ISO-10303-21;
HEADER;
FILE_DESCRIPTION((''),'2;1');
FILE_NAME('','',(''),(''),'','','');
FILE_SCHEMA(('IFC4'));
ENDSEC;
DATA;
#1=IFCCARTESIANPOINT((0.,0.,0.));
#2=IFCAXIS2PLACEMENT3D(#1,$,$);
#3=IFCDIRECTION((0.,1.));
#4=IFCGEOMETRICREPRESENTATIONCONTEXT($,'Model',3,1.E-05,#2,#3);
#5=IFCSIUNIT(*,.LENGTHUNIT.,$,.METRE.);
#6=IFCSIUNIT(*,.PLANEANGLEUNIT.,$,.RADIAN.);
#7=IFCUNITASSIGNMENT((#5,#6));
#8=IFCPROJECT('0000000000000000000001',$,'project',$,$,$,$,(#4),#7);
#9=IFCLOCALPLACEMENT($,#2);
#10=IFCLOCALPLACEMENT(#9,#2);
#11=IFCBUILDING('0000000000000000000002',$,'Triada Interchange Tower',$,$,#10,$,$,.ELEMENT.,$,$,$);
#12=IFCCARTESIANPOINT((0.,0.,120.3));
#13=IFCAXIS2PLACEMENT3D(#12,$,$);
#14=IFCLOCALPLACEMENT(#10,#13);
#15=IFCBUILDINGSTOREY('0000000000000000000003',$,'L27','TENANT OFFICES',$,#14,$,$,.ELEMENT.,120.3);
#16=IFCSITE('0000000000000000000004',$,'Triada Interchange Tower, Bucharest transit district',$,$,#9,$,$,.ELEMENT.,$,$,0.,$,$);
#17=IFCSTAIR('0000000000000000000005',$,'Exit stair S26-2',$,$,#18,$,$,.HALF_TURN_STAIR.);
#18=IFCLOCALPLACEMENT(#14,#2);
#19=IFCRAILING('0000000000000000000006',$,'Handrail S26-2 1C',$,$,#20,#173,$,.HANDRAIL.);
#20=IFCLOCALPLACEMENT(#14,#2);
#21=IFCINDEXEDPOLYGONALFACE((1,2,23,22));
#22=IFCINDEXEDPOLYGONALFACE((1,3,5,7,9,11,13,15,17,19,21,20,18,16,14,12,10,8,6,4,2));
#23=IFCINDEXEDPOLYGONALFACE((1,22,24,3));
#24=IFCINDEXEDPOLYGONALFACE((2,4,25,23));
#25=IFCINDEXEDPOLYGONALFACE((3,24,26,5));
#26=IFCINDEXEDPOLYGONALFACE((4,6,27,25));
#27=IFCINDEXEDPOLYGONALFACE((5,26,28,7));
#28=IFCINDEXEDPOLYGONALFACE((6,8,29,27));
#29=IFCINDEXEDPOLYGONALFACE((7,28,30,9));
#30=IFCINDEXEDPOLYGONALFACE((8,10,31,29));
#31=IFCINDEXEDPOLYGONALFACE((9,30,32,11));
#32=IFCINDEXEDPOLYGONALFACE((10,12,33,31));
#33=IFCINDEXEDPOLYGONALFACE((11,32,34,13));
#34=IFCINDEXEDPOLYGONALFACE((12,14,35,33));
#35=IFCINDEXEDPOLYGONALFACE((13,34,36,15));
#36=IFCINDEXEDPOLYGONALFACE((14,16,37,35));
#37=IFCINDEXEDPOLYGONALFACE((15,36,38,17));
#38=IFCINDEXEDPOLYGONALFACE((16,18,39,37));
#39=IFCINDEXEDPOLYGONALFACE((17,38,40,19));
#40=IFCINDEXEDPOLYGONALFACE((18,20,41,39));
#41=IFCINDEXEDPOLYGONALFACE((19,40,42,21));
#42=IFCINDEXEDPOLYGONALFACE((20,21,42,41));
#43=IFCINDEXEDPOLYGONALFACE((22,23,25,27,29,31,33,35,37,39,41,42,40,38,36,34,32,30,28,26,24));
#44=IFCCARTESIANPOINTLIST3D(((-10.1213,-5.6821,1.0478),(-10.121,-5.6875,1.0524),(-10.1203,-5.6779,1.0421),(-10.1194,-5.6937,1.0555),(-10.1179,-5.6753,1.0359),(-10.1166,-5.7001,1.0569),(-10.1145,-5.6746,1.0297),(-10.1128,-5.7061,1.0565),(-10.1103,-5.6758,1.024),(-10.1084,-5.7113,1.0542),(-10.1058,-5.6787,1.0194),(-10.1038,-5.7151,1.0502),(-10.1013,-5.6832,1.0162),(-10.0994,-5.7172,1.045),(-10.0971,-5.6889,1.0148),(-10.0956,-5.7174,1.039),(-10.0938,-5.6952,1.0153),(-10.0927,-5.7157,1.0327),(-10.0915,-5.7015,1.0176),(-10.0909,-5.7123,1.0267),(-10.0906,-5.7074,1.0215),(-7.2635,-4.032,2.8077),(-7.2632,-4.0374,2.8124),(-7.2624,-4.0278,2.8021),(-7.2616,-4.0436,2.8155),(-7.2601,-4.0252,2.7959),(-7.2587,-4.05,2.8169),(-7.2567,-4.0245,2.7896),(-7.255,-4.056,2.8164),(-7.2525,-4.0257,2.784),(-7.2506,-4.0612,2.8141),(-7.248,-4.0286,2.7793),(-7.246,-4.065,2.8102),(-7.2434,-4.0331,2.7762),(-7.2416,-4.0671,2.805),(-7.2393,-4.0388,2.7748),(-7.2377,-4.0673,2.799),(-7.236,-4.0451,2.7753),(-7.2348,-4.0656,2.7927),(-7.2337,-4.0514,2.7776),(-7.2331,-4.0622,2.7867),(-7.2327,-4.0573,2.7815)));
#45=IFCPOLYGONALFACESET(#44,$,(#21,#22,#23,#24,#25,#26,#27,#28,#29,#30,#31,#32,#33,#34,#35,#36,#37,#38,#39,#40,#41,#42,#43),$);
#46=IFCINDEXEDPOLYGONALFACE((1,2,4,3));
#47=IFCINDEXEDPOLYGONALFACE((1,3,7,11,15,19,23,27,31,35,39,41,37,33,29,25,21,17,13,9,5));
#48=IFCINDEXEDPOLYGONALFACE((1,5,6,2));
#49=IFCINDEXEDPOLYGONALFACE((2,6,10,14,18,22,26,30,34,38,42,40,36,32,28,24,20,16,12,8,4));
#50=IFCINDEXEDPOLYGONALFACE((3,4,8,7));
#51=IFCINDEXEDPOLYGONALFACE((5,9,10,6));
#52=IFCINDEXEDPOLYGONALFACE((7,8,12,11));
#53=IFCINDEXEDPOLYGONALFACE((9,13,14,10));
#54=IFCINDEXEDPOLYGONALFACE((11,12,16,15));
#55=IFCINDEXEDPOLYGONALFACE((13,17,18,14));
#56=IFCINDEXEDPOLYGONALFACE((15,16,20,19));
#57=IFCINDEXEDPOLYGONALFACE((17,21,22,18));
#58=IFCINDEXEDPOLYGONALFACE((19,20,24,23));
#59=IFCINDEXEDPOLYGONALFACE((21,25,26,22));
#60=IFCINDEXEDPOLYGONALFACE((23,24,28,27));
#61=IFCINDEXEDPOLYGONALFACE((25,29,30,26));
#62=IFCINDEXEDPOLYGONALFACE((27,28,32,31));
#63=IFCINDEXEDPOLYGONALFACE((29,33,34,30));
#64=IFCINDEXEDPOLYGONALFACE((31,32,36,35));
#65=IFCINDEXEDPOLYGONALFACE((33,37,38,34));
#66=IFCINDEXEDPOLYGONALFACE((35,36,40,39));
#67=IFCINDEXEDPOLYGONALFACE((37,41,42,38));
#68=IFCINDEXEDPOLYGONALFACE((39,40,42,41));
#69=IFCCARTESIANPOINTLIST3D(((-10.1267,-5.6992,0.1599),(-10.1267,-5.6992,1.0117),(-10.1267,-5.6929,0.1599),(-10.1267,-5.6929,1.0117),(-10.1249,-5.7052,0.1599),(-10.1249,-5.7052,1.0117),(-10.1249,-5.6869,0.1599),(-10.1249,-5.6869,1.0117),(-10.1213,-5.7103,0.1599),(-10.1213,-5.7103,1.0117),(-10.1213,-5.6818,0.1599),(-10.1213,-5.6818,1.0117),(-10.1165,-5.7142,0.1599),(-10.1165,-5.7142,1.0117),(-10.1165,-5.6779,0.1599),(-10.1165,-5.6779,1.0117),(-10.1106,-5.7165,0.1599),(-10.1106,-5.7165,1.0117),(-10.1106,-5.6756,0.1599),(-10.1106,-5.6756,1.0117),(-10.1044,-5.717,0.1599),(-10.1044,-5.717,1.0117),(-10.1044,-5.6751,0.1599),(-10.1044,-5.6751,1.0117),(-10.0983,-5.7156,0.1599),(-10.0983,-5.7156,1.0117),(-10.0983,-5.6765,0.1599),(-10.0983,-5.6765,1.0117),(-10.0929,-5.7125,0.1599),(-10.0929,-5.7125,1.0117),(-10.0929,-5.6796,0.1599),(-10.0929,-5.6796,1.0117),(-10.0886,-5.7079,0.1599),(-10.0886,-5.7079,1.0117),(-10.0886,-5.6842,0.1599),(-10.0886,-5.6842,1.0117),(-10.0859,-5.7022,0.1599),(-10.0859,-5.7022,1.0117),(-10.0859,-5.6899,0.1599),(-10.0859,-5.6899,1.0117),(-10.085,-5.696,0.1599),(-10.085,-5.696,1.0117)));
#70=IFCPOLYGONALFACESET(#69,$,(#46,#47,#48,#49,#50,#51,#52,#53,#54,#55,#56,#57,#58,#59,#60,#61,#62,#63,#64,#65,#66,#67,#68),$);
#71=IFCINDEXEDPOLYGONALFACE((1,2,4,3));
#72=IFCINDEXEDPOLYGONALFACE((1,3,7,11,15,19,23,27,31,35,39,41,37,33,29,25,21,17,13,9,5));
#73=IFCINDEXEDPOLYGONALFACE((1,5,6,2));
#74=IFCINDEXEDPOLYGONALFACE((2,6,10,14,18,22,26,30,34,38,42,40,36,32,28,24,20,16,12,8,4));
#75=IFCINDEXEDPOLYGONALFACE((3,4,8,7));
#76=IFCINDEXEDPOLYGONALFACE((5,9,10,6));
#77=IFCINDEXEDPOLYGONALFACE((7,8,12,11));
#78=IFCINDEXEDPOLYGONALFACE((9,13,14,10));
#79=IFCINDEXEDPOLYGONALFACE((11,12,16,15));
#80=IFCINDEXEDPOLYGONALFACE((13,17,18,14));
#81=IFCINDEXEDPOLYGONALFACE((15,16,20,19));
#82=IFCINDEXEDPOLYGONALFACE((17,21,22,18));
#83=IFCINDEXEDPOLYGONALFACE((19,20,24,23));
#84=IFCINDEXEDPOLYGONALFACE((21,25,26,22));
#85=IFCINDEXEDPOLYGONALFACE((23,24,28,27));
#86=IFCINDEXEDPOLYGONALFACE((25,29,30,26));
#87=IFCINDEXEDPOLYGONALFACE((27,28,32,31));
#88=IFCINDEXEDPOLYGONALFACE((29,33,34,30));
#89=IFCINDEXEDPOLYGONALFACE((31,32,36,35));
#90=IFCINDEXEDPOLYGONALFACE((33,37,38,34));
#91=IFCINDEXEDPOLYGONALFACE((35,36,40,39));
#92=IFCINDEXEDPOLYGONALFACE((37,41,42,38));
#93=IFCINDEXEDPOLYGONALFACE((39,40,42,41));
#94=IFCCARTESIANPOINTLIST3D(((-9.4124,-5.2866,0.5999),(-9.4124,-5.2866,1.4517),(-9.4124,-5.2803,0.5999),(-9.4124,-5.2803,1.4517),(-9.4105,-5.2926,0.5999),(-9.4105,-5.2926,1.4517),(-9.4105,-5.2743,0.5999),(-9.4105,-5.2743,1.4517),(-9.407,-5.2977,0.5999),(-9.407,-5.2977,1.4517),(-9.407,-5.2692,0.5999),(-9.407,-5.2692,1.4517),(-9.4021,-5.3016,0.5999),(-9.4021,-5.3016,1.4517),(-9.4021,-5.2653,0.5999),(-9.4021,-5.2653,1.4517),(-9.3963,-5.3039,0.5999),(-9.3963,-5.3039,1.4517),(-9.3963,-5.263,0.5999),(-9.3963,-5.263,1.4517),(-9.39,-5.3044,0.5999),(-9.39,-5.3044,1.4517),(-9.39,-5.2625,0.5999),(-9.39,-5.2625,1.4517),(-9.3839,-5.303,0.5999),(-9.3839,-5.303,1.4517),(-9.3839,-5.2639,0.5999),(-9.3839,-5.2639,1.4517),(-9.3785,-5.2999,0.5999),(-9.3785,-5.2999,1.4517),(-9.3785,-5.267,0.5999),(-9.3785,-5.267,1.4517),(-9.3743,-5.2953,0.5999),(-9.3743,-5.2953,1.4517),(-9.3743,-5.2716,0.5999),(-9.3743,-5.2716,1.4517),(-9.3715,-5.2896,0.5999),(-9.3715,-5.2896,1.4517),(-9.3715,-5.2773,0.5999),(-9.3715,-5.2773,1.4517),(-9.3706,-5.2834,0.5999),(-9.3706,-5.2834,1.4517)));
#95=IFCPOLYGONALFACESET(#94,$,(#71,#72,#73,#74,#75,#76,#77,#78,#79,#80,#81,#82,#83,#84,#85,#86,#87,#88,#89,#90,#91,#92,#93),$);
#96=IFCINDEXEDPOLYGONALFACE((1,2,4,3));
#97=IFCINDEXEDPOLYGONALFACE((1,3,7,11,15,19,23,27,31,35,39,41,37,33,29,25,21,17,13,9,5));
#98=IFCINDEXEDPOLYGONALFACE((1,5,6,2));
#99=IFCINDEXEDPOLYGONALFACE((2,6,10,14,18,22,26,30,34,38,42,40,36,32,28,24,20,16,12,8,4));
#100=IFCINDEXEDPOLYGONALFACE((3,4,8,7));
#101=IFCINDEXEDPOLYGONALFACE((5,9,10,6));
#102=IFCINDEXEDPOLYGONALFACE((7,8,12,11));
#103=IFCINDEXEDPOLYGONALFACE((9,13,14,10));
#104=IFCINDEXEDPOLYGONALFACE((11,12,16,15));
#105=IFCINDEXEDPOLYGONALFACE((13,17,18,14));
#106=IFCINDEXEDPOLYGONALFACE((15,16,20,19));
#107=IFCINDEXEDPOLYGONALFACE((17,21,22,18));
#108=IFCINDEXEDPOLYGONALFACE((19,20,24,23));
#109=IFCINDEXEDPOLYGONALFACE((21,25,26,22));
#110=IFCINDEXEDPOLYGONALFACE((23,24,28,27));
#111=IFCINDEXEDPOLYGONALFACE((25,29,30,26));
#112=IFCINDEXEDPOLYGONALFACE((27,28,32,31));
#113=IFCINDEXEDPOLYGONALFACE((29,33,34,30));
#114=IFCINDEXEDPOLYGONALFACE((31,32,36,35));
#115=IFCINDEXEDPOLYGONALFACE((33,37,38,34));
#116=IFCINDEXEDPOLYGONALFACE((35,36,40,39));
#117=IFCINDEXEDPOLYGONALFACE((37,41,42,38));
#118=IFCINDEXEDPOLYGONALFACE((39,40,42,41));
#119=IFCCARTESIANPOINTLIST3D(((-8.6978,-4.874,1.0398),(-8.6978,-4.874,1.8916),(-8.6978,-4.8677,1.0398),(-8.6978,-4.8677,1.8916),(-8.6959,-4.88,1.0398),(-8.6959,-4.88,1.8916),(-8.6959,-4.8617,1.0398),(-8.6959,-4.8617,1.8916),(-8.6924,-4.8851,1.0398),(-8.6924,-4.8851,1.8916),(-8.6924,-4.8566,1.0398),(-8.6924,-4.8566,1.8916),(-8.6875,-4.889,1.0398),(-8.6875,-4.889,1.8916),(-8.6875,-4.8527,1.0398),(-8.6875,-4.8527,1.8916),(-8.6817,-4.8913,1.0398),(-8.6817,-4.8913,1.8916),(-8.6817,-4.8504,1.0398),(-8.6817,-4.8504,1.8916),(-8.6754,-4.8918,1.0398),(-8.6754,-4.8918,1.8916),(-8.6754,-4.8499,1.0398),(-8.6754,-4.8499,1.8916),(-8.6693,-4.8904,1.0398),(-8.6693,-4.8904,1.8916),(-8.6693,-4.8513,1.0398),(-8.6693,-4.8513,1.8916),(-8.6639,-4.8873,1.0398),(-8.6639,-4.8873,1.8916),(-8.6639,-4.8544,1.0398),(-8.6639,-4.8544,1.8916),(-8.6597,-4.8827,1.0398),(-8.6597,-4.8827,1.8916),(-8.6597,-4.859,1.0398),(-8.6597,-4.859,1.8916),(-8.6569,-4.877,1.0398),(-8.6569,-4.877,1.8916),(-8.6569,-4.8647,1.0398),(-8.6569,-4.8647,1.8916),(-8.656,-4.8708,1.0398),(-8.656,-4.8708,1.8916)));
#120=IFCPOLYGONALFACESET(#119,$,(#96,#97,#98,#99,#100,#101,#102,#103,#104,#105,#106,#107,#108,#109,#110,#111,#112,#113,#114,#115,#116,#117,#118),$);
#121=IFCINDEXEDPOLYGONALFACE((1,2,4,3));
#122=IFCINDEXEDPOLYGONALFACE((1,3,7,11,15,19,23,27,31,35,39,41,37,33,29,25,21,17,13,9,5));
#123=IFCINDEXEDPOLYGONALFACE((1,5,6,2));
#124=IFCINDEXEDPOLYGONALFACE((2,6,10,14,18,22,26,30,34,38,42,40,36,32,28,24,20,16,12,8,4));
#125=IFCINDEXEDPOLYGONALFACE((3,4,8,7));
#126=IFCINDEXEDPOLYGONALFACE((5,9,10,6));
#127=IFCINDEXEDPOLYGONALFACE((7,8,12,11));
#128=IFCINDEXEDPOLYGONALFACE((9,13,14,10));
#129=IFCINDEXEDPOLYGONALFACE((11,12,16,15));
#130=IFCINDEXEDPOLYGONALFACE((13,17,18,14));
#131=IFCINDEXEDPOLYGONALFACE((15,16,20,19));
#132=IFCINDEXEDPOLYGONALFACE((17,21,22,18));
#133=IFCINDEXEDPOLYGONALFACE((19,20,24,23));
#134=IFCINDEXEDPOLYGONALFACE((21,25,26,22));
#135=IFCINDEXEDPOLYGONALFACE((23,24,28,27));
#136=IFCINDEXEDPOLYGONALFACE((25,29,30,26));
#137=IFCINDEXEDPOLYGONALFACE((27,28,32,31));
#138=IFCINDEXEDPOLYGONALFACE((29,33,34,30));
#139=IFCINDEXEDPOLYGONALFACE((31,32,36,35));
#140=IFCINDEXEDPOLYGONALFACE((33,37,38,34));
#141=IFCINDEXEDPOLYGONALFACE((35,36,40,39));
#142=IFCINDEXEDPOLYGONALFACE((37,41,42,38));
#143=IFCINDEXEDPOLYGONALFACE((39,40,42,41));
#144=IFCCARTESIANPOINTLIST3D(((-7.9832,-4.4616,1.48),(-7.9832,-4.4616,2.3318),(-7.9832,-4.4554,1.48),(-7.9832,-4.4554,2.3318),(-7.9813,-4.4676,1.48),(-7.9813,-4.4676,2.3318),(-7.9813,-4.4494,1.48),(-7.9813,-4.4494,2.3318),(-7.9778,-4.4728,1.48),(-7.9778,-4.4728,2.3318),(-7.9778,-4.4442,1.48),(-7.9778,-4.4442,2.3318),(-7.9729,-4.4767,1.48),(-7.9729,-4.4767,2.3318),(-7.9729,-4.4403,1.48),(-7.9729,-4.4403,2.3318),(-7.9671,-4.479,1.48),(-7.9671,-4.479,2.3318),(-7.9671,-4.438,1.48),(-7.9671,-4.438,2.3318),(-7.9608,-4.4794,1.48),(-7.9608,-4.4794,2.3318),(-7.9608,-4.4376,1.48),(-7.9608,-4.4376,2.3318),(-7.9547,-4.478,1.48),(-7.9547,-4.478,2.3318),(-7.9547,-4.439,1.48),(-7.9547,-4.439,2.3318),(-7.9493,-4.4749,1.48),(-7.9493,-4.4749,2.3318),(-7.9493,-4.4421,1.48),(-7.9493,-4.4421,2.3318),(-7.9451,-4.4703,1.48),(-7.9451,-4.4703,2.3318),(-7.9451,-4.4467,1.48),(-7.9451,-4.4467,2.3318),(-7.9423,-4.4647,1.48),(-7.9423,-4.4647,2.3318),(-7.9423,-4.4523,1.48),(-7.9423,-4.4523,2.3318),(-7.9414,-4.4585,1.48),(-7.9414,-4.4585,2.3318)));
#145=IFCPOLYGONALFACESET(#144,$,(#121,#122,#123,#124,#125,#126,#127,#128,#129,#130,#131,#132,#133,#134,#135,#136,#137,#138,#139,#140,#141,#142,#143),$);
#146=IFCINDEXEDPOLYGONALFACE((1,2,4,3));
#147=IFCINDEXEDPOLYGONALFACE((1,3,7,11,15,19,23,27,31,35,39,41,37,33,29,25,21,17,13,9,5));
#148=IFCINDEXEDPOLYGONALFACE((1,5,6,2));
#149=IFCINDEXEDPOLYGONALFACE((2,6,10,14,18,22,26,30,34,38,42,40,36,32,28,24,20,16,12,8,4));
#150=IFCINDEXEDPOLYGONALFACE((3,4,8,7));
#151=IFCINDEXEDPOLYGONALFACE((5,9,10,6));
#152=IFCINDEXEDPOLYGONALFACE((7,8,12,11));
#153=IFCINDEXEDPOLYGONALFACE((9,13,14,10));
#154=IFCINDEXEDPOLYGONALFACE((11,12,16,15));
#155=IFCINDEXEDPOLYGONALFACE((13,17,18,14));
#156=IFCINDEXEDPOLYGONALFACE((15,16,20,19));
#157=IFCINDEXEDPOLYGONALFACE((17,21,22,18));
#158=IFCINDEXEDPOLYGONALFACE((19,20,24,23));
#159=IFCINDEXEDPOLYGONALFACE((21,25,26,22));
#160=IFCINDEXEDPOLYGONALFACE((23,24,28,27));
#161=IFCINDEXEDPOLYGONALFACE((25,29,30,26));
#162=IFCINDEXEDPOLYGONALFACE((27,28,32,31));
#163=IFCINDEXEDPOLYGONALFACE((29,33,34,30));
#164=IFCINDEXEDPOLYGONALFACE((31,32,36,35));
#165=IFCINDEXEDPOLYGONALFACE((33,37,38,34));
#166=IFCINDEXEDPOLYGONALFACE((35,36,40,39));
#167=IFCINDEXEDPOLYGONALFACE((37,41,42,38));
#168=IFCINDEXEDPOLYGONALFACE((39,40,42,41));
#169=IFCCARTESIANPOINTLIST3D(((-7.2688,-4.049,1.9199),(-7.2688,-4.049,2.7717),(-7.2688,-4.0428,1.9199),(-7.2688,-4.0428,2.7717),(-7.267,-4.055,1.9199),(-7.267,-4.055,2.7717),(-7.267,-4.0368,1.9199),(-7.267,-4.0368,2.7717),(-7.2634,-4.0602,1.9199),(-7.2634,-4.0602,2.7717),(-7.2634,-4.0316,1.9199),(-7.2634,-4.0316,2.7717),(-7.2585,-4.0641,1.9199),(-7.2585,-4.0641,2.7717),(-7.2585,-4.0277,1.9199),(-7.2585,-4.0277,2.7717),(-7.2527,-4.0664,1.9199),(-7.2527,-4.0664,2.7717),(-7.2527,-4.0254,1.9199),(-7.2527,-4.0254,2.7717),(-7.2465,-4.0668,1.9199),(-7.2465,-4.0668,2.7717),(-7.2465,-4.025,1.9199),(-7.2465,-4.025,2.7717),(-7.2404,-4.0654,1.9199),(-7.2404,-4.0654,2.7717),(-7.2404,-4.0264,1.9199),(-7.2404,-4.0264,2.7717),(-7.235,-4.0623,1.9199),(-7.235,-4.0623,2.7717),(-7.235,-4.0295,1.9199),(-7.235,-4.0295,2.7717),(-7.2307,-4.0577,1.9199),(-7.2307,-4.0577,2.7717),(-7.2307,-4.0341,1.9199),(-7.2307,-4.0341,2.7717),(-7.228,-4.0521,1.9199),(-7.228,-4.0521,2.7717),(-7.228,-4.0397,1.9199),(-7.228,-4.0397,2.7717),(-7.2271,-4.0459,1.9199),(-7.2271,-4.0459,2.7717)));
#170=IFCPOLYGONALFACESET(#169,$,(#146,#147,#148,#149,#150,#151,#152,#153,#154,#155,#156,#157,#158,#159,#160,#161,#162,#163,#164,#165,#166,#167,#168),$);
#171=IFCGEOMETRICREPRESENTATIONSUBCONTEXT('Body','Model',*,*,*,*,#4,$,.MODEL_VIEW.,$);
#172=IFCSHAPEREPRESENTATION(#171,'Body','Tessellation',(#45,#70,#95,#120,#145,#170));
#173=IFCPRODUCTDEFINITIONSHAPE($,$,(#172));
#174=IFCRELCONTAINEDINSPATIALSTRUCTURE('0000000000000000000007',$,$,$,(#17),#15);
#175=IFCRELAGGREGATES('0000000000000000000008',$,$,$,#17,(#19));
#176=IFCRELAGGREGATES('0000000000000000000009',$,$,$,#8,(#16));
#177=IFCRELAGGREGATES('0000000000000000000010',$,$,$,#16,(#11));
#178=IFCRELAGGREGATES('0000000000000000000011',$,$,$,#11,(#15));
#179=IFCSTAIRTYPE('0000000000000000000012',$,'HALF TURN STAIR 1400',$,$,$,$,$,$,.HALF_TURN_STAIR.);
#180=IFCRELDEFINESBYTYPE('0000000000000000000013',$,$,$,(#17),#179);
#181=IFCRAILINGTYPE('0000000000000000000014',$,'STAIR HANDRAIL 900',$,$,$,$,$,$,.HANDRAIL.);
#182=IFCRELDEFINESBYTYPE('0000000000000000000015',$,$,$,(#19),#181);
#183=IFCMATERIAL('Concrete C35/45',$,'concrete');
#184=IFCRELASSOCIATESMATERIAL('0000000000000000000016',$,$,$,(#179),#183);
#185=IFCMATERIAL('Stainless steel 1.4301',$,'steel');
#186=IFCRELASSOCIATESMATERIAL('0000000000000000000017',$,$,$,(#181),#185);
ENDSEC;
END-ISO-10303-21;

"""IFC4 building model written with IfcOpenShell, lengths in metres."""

from ifc_helpers import new_model, si_unit, direction, frame, origin, origin_2d, place, context, subcontext, project, spatial, circle, extrude, material, type_object, element, aggregate, save


model = new_model("IFC4")

# Units and contexts
model_context = context("Model", 3, precision=1e-05, world=origin(), true_north=direction((0.0, 1.0)))
body_context = subcontext(model_context, "Body", "Model", "MODEL_VIEW")
ifc_project = project(units=[si_unit("LENGTHUNIT", "METRE"), si_unit("PLANEANGLEUNIT", "RADIAN")], contexts=[model_context])

# Site, building, storey
site_placement = place(None, origin())
site = spatial("IfcSite", under=ifc_project, at=site_placement, Name="Triada Interchange Tower, Bucharest transit district", CompositionType="ELEMENT", RefElevation=0.0)
building_placement = place(site_placement, origin())
building = spatial("IfcBuilding", under=site, at=building_placement, Name="Triada Interchange Tower", CompositionType="ELEMENT")
storey_placement = place(building_placement, frame((0.0, 0.0, 120.3)))
storey = spatial("IfcBuildingStorey", under=building, at=storey_placement, Name="L27", Description="TENANT OFFICES", CompositionType="ELEMENT", Elevation=120.3)

# Stair, railing
ifc_material_1 = material(Name="Concrete C35/45", Category="concrete")
stair_type = type_object("IfcStairType", Name="HALF TURN STAIR 1400", PredefinedType="HALF_TURN_STAIR", material=ifc_material_1)
stair_placement = place(storey_placement, origin())
stair = element("IfcStair", 1, at=stair_placement, inside=storey, type_object=stair_type, Name="Exit stair S26-2", PredefinedType="HALF_TURN_STAIR")
ifc_material_2 = material(Name="Stainless steel 1.4301", Category="steel")
railing_type = type_object("IfcRailingType", Name="STAIR HANDRAIL 900", PredefinedType="HANDRAIL", material=ifc_material_2)
railing_1_placement = place(storey_placement, frame((-10.106, -5.696, 0.1599)))
railing_1 = element("IfcRailing", 2, at=railing_1_placement, type_object=railing_type, Name="Handrail S26-2 1C", PredefinedType="HANDRAIL", context=body_context, shape_type="SweptSolid", body=[
    extrude(circle(Radius=0.0239, at=origin_2d()), frame((0.0, 0.0, 0.876), z_axis=(0.764129, 0.441205, 0.47058), x_axis=(-0.50003, 0.866008, 0.0)), (0.0, 0.0, 1.0), 3.74),
    extrude(circle(Radius=0.021, at=origin_2d()), origin(), (0.0, 0.0, 1.0), 0.8518),
    extrude(circle(Radius=0.021, at=origin_2d()), frame((0.7144, 0.4126, 0.4399)), (0.0, 0.0, 1.0), 0.8518),
    extrude(circle(Radius=0.021, at=origin_2d()), frame((1.429, 0.8252, 0.8799)), (0.0, 0.0, 1.0), 0.8518),
    extrude(circle(Radius=0.021, at=origin_2d()), frame((2.1436, 1.2375, 1.3201)), (0.0, 0.0, 1.0), 0.8518),
    extrude(circle(Radius=0.021, at=origin_2d()), frame((2.8579, 1.6501, 1.76)), (0.0, 0.0, 1.0), 0.8518),
])
aggregate(stair, [railing_1])

save(model, "model.ifc")
